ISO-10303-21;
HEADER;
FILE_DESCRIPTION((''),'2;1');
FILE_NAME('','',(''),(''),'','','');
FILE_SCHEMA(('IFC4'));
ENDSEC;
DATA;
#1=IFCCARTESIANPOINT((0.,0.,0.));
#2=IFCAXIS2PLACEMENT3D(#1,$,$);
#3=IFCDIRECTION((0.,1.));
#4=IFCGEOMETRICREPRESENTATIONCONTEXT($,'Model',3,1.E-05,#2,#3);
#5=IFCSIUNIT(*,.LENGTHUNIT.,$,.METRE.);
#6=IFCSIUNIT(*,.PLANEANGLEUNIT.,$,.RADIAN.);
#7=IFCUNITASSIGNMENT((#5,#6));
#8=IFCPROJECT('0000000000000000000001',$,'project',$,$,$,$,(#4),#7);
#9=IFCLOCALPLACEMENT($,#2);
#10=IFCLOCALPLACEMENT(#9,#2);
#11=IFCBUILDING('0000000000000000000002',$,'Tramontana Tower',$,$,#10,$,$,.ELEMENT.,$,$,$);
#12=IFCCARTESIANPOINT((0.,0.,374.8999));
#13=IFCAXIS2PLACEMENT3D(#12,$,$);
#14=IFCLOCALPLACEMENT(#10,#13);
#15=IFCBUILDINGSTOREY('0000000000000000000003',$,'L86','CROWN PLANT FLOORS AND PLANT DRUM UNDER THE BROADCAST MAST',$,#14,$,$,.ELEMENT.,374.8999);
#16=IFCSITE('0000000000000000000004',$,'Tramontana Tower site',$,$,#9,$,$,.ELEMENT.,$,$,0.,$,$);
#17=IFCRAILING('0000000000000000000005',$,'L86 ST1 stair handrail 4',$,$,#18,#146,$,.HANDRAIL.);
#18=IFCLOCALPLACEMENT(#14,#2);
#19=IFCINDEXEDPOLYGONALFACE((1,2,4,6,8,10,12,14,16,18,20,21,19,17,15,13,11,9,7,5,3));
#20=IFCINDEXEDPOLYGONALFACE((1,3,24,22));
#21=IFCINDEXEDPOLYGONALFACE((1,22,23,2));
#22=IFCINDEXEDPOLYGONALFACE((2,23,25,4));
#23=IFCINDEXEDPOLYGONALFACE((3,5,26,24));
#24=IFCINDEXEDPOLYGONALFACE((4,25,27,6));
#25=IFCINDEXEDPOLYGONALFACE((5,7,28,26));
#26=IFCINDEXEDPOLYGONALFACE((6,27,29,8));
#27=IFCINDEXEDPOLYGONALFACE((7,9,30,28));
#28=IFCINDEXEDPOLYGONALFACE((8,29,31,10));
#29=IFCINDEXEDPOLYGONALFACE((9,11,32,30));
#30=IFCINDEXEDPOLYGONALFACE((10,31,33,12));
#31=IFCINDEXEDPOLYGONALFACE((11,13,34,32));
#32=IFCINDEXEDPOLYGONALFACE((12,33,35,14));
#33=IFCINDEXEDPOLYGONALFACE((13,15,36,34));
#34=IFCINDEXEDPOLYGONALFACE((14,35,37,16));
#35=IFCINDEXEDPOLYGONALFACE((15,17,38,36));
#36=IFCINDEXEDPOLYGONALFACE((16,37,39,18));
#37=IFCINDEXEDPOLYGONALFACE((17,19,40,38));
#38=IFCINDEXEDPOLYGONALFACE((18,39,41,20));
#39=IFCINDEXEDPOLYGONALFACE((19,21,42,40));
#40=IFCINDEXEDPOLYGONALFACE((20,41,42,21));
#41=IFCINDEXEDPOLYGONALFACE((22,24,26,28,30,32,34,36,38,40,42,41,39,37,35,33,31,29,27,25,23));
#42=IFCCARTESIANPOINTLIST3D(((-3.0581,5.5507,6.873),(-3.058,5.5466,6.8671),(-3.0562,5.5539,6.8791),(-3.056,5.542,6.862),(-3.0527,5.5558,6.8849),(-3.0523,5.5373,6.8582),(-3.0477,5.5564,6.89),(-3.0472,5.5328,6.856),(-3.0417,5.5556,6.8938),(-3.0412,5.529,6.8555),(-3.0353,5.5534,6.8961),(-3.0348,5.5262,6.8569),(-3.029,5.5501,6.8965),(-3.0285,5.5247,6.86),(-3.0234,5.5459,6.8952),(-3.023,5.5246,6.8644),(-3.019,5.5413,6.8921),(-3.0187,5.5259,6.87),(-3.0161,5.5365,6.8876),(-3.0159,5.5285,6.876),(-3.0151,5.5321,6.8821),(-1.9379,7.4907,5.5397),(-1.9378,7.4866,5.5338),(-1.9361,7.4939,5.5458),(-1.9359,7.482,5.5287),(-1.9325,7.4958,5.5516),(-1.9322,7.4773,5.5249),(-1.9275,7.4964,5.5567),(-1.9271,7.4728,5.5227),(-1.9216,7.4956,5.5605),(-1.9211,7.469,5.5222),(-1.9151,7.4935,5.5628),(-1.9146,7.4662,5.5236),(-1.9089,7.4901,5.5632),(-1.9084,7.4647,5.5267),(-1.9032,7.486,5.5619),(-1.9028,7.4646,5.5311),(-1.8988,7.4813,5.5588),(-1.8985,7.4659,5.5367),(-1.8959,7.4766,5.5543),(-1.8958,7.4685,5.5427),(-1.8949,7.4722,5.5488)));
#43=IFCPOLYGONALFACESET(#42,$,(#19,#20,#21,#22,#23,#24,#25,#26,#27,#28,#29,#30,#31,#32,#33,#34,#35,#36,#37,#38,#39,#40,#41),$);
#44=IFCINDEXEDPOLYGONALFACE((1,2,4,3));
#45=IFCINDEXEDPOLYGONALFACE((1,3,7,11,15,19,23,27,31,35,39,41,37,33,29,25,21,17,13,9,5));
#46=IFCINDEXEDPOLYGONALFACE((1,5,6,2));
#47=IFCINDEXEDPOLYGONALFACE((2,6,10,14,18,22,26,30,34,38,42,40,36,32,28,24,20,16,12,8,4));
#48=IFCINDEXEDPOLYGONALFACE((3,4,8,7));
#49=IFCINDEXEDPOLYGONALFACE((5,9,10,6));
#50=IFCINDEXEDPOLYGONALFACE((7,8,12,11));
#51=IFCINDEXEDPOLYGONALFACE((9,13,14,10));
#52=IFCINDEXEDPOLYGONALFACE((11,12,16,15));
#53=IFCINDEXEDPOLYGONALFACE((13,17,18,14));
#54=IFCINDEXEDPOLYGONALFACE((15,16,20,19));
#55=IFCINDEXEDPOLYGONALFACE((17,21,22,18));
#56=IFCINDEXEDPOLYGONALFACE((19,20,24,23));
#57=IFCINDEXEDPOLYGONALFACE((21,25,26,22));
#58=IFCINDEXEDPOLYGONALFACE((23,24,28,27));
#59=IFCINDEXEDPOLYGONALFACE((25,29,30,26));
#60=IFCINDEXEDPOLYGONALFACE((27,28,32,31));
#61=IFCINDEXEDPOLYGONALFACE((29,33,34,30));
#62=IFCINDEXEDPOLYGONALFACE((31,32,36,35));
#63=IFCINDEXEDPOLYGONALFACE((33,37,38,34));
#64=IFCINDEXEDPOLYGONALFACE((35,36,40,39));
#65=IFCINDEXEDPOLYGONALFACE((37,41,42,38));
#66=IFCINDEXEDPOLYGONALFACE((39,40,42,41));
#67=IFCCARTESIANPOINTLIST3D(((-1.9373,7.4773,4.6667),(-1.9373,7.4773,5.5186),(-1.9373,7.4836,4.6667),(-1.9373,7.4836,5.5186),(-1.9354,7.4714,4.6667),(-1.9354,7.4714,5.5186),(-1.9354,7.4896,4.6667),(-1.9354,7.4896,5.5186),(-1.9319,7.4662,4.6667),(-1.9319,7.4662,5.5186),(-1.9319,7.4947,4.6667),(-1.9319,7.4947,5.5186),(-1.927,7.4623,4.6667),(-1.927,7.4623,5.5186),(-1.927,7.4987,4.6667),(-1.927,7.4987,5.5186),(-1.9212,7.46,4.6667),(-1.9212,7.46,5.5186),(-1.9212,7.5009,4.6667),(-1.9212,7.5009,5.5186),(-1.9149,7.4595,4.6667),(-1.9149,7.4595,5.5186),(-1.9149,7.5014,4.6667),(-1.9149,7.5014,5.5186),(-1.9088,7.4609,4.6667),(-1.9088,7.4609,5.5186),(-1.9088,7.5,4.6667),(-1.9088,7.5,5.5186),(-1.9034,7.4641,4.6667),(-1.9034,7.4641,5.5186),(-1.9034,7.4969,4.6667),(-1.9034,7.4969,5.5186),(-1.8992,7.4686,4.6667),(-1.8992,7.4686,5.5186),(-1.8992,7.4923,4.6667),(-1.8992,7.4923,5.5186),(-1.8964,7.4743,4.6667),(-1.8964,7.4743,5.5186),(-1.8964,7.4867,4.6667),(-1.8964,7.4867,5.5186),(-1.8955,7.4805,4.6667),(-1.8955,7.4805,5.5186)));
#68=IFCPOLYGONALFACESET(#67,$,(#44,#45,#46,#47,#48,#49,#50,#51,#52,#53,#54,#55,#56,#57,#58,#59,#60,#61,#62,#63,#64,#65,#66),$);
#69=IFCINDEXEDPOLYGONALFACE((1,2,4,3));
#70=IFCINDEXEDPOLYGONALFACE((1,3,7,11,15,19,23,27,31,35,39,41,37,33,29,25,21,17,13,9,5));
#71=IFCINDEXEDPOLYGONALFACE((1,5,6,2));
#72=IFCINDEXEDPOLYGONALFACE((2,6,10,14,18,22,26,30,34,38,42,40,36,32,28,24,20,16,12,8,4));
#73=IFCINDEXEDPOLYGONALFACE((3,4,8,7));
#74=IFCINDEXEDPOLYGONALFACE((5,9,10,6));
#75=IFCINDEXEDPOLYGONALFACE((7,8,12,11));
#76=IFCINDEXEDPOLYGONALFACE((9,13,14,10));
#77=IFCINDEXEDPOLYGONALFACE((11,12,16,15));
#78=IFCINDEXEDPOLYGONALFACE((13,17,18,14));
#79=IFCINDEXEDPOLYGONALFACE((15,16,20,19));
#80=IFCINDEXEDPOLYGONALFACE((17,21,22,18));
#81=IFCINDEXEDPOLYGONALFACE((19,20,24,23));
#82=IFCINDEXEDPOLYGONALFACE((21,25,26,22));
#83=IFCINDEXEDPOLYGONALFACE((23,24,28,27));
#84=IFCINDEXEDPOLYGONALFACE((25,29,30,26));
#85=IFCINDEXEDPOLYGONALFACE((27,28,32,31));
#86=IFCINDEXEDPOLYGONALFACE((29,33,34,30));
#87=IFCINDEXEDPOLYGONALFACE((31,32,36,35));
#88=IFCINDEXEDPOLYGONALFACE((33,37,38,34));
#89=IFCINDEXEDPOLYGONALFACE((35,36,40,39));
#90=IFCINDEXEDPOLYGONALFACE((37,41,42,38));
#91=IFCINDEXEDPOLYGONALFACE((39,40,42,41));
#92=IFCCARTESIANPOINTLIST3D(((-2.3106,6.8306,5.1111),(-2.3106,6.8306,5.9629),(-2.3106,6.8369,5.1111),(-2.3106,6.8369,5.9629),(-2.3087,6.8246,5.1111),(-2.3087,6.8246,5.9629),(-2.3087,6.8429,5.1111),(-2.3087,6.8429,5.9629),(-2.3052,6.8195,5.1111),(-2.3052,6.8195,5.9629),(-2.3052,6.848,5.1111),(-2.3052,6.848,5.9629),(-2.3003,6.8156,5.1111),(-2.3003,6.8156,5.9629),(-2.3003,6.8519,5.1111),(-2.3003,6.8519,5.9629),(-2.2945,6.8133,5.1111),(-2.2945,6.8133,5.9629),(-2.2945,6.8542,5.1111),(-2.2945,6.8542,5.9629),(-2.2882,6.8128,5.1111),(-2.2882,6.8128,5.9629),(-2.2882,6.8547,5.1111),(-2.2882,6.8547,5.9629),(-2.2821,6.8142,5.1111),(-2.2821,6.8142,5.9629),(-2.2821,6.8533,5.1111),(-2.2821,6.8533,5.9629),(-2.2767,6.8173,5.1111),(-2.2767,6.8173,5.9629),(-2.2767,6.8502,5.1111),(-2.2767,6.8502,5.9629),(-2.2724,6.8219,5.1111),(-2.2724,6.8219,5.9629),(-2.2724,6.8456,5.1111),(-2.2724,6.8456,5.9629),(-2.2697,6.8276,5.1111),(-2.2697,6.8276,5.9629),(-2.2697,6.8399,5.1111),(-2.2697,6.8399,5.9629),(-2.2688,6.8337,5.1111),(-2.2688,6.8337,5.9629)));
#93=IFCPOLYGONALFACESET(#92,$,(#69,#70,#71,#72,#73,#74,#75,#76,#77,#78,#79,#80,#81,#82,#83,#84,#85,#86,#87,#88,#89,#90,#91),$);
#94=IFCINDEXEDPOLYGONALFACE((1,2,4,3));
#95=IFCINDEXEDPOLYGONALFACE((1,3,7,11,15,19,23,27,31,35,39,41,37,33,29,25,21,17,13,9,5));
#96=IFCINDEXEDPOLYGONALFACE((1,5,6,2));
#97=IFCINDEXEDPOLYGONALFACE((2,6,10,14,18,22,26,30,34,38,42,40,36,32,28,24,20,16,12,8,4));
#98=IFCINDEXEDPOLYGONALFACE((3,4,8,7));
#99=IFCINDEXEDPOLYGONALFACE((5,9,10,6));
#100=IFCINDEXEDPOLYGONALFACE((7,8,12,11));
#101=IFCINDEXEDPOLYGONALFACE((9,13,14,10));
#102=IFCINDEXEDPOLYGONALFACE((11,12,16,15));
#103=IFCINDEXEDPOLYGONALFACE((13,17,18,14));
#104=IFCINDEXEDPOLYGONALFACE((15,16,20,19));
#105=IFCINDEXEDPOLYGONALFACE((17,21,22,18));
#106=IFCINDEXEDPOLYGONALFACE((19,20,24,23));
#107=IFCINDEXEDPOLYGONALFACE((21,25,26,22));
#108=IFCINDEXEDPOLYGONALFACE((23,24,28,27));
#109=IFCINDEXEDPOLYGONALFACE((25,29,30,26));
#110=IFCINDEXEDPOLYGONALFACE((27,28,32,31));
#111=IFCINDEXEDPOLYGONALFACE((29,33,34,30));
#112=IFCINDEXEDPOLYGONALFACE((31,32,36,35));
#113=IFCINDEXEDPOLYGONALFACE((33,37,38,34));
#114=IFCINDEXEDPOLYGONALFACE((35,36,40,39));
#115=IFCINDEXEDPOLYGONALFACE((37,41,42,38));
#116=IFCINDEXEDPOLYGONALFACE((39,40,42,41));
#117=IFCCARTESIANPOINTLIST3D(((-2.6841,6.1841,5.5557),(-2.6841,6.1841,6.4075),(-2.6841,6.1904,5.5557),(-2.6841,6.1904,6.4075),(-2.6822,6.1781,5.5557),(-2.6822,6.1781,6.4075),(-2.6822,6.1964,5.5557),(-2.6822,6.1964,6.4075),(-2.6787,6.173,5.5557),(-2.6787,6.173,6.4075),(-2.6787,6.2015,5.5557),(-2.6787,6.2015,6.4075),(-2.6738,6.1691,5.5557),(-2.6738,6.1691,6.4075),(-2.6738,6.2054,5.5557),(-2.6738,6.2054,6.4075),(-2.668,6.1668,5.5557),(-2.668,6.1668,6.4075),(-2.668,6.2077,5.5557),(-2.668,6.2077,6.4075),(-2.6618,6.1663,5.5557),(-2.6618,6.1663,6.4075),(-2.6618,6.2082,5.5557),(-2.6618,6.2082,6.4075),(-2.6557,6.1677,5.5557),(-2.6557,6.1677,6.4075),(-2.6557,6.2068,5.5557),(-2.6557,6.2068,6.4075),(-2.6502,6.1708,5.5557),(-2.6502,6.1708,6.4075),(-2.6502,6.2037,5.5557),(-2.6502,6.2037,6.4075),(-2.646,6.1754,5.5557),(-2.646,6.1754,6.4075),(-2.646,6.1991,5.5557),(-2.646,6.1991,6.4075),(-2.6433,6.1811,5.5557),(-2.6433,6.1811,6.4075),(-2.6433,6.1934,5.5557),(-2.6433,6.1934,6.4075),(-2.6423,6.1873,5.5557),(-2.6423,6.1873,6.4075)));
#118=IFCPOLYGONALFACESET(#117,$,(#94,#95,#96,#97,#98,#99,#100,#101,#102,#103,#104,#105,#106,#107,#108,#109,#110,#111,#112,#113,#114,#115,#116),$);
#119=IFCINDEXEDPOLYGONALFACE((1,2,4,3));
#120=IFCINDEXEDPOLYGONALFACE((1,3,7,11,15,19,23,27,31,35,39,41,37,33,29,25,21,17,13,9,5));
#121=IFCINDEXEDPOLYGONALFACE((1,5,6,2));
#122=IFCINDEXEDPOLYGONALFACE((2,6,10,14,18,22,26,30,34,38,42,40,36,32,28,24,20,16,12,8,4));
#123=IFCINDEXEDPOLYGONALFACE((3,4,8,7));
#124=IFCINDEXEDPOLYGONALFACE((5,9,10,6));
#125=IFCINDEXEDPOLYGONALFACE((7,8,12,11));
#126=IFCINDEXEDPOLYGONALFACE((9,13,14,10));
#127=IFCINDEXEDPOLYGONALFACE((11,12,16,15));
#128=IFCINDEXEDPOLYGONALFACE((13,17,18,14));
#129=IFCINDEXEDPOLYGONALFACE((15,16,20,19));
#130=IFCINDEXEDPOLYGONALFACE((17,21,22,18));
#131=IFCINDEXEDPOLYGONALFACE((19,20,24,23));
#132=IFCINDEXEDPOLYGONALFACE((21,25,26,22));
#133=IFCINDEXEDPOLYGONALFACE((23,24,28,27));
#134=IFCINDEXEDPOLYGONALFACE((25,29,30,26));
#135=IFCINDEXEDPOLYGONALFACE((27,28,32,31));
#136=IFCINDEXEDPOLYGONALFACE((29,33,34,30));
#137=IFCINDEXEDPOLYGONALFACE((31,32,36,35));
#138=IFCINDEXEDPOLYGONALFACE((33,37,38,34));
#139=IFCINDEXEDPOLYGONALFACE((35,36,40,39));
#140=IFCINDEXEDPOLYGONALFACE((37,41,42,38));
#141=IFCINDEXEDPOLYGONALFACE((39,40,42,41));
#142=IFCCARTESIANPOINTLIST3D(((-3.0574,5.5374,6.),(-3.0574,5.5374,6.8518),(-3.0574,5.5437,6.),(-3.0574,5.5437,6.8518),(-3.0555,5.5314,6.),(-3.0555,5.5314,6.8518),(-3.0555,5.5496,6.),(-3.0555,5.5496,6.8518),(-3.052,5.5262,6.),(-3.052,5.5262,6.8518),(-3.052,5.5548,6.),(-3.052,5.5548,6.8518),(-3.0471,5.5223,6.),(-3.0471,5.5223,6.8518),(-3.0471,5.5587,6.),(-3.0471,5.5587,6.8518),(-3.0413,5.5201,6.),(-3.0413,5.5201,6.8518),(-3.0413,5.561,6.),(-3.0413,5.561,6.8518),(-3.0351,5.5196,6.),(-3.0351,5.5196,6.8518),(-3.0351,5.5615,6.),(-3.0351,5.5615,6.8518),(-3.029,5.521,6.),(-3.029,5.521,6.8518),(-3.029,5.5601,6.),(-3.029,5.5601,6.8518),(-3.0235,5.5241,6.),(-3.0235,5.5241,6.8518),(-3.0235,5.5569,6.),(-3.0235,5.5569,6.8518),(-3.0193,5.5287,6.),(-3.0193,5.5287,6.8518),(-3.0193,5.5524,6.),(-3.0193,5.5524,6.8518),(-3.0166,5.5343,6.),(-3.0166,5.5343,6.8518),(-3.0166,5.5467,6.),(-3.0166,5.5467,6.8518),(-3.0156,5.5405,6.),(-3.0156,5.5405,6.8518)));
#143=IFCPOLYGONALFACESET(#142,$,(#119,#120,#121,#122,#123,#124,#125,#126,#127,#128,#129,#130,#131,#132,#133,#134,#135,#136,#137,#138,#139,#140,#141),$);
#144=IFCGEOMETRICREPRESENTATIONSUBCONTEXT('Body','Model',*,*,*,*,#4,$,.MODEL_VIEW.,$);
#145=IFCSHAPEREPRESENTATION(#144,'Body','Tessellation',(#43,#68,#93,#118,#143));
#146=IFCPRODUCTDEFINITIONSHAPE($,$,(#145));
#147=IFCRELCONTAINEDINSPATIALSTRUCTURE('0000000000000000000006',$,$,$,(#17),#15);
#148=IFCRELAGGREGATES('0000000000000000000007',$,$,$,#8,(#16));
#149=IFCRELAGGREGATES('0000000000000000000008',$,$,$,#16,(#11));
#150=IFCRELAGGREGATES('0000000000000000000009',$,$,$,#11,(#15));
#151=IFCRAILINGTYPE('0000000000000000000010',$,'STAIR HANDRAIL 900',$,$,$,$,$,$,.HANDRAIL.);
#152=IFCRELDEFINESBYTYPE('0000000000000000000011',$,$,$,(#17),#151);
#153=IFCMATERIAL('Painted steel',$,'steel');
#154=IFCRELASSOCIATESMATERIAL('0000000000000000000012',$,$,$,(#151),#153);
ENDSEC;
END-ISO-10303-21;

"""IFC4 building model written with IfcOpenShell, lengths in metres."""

from ifc_helpers import new_model, si_unit, direction, frame, origin, origin_2d, place, context, subcontext, project, spatial, circle, extrude, material, type_object, element, save


model = new_model("IFC4")

# Units and contexts
model_context = context("Model", 3, precision=1e-05, world=origin(), true_north=direction((0.0, 1.0)))
body_context = subcontext(model_context, "Body", "Model", "MODEL_VIEW")
ifc_project = project(units=[si_unit("LENGTHUNIT", "METRE"), si_unit("PLANEANGLEUNIT", "RADIAN")], contexts=[model_context])

# Site, building, storey
site_placement = place(None, origin())
site = spatial("IfcSite", under=ifc_project, at=site_placement, Name="Tramontana Tower site", CompositionType="ELEMENT", RefElevation=0.0)
building_placement = place(site_placement, origin())
building = spatial("IfcBuilding", under=site, at=building_placement, Name="Tramontana Tower", CompositionType="ELEMENT")
storey_placement = place(building_placement, frame((0.0, 0.0, 374.8999)))
storey = spatial("IfcBuildingStorey", under=building, at=storey_placement, Name="L86", Description="CROWN PLANT FLOORS AND PLANT DRUM UNDER THE BROADCAST MAST", CompositionType="ELEMENT", Elevation=374.8999)

# Railing
ifc_material_1 = material(Name="Painted steel", Category="steel")
railing_type_1 = type_object("IfcRailingType", Name="STAIR HANDRAIL 900", PredefinedType="HANDRAIL", material=ifc_material_1)
railing_1_placement = place(storey_placement, frame((-1.9165, 7.4805, 4.6667)))
element("IfcRailing", 1, at=railing_1_placement, inside=storey, type_object=railing_type_1, Name="L86 ST1 stair handrail 4", PredefinedType="HANDRAIL", context=body_context, shape_type="SweptSolid", body=[
    extrude(circle(Radius=0.0239, at=origin_2d()), frame((0.0, 0.0, 0.876), z_axis=(-0.429684, -0.744175, 0.511444), x_axis=(0.866008, -0.500031, 0.0)), (0.0, 0.0, 1.0), 2.6069),
    extrude(circle(Radius=0.021, at=origin_2d()), origin(), (0.0, 0.0, 1.0), 0.8518),
    extrude(circle(Radius=0.021, at=origin_2d()), frame((-0.3733, -0.6467, 0.4443)), (0.0, 0.0, 1.0), 0.8518),
    extrude(circle(Radius=0.021, at=origin_2d()), frame((-0.7468, -1.2932, 0.8889)), (0.0, 0.0, 1.0), 0.8518),
    extrude(circle(Radius=0.021, at=origin_2d()), frame((-1.1201, -1.9399, 1.3333)), (0.0, 0.0, 1.0), 0.8518),
])

save(model, "model.ifc")
